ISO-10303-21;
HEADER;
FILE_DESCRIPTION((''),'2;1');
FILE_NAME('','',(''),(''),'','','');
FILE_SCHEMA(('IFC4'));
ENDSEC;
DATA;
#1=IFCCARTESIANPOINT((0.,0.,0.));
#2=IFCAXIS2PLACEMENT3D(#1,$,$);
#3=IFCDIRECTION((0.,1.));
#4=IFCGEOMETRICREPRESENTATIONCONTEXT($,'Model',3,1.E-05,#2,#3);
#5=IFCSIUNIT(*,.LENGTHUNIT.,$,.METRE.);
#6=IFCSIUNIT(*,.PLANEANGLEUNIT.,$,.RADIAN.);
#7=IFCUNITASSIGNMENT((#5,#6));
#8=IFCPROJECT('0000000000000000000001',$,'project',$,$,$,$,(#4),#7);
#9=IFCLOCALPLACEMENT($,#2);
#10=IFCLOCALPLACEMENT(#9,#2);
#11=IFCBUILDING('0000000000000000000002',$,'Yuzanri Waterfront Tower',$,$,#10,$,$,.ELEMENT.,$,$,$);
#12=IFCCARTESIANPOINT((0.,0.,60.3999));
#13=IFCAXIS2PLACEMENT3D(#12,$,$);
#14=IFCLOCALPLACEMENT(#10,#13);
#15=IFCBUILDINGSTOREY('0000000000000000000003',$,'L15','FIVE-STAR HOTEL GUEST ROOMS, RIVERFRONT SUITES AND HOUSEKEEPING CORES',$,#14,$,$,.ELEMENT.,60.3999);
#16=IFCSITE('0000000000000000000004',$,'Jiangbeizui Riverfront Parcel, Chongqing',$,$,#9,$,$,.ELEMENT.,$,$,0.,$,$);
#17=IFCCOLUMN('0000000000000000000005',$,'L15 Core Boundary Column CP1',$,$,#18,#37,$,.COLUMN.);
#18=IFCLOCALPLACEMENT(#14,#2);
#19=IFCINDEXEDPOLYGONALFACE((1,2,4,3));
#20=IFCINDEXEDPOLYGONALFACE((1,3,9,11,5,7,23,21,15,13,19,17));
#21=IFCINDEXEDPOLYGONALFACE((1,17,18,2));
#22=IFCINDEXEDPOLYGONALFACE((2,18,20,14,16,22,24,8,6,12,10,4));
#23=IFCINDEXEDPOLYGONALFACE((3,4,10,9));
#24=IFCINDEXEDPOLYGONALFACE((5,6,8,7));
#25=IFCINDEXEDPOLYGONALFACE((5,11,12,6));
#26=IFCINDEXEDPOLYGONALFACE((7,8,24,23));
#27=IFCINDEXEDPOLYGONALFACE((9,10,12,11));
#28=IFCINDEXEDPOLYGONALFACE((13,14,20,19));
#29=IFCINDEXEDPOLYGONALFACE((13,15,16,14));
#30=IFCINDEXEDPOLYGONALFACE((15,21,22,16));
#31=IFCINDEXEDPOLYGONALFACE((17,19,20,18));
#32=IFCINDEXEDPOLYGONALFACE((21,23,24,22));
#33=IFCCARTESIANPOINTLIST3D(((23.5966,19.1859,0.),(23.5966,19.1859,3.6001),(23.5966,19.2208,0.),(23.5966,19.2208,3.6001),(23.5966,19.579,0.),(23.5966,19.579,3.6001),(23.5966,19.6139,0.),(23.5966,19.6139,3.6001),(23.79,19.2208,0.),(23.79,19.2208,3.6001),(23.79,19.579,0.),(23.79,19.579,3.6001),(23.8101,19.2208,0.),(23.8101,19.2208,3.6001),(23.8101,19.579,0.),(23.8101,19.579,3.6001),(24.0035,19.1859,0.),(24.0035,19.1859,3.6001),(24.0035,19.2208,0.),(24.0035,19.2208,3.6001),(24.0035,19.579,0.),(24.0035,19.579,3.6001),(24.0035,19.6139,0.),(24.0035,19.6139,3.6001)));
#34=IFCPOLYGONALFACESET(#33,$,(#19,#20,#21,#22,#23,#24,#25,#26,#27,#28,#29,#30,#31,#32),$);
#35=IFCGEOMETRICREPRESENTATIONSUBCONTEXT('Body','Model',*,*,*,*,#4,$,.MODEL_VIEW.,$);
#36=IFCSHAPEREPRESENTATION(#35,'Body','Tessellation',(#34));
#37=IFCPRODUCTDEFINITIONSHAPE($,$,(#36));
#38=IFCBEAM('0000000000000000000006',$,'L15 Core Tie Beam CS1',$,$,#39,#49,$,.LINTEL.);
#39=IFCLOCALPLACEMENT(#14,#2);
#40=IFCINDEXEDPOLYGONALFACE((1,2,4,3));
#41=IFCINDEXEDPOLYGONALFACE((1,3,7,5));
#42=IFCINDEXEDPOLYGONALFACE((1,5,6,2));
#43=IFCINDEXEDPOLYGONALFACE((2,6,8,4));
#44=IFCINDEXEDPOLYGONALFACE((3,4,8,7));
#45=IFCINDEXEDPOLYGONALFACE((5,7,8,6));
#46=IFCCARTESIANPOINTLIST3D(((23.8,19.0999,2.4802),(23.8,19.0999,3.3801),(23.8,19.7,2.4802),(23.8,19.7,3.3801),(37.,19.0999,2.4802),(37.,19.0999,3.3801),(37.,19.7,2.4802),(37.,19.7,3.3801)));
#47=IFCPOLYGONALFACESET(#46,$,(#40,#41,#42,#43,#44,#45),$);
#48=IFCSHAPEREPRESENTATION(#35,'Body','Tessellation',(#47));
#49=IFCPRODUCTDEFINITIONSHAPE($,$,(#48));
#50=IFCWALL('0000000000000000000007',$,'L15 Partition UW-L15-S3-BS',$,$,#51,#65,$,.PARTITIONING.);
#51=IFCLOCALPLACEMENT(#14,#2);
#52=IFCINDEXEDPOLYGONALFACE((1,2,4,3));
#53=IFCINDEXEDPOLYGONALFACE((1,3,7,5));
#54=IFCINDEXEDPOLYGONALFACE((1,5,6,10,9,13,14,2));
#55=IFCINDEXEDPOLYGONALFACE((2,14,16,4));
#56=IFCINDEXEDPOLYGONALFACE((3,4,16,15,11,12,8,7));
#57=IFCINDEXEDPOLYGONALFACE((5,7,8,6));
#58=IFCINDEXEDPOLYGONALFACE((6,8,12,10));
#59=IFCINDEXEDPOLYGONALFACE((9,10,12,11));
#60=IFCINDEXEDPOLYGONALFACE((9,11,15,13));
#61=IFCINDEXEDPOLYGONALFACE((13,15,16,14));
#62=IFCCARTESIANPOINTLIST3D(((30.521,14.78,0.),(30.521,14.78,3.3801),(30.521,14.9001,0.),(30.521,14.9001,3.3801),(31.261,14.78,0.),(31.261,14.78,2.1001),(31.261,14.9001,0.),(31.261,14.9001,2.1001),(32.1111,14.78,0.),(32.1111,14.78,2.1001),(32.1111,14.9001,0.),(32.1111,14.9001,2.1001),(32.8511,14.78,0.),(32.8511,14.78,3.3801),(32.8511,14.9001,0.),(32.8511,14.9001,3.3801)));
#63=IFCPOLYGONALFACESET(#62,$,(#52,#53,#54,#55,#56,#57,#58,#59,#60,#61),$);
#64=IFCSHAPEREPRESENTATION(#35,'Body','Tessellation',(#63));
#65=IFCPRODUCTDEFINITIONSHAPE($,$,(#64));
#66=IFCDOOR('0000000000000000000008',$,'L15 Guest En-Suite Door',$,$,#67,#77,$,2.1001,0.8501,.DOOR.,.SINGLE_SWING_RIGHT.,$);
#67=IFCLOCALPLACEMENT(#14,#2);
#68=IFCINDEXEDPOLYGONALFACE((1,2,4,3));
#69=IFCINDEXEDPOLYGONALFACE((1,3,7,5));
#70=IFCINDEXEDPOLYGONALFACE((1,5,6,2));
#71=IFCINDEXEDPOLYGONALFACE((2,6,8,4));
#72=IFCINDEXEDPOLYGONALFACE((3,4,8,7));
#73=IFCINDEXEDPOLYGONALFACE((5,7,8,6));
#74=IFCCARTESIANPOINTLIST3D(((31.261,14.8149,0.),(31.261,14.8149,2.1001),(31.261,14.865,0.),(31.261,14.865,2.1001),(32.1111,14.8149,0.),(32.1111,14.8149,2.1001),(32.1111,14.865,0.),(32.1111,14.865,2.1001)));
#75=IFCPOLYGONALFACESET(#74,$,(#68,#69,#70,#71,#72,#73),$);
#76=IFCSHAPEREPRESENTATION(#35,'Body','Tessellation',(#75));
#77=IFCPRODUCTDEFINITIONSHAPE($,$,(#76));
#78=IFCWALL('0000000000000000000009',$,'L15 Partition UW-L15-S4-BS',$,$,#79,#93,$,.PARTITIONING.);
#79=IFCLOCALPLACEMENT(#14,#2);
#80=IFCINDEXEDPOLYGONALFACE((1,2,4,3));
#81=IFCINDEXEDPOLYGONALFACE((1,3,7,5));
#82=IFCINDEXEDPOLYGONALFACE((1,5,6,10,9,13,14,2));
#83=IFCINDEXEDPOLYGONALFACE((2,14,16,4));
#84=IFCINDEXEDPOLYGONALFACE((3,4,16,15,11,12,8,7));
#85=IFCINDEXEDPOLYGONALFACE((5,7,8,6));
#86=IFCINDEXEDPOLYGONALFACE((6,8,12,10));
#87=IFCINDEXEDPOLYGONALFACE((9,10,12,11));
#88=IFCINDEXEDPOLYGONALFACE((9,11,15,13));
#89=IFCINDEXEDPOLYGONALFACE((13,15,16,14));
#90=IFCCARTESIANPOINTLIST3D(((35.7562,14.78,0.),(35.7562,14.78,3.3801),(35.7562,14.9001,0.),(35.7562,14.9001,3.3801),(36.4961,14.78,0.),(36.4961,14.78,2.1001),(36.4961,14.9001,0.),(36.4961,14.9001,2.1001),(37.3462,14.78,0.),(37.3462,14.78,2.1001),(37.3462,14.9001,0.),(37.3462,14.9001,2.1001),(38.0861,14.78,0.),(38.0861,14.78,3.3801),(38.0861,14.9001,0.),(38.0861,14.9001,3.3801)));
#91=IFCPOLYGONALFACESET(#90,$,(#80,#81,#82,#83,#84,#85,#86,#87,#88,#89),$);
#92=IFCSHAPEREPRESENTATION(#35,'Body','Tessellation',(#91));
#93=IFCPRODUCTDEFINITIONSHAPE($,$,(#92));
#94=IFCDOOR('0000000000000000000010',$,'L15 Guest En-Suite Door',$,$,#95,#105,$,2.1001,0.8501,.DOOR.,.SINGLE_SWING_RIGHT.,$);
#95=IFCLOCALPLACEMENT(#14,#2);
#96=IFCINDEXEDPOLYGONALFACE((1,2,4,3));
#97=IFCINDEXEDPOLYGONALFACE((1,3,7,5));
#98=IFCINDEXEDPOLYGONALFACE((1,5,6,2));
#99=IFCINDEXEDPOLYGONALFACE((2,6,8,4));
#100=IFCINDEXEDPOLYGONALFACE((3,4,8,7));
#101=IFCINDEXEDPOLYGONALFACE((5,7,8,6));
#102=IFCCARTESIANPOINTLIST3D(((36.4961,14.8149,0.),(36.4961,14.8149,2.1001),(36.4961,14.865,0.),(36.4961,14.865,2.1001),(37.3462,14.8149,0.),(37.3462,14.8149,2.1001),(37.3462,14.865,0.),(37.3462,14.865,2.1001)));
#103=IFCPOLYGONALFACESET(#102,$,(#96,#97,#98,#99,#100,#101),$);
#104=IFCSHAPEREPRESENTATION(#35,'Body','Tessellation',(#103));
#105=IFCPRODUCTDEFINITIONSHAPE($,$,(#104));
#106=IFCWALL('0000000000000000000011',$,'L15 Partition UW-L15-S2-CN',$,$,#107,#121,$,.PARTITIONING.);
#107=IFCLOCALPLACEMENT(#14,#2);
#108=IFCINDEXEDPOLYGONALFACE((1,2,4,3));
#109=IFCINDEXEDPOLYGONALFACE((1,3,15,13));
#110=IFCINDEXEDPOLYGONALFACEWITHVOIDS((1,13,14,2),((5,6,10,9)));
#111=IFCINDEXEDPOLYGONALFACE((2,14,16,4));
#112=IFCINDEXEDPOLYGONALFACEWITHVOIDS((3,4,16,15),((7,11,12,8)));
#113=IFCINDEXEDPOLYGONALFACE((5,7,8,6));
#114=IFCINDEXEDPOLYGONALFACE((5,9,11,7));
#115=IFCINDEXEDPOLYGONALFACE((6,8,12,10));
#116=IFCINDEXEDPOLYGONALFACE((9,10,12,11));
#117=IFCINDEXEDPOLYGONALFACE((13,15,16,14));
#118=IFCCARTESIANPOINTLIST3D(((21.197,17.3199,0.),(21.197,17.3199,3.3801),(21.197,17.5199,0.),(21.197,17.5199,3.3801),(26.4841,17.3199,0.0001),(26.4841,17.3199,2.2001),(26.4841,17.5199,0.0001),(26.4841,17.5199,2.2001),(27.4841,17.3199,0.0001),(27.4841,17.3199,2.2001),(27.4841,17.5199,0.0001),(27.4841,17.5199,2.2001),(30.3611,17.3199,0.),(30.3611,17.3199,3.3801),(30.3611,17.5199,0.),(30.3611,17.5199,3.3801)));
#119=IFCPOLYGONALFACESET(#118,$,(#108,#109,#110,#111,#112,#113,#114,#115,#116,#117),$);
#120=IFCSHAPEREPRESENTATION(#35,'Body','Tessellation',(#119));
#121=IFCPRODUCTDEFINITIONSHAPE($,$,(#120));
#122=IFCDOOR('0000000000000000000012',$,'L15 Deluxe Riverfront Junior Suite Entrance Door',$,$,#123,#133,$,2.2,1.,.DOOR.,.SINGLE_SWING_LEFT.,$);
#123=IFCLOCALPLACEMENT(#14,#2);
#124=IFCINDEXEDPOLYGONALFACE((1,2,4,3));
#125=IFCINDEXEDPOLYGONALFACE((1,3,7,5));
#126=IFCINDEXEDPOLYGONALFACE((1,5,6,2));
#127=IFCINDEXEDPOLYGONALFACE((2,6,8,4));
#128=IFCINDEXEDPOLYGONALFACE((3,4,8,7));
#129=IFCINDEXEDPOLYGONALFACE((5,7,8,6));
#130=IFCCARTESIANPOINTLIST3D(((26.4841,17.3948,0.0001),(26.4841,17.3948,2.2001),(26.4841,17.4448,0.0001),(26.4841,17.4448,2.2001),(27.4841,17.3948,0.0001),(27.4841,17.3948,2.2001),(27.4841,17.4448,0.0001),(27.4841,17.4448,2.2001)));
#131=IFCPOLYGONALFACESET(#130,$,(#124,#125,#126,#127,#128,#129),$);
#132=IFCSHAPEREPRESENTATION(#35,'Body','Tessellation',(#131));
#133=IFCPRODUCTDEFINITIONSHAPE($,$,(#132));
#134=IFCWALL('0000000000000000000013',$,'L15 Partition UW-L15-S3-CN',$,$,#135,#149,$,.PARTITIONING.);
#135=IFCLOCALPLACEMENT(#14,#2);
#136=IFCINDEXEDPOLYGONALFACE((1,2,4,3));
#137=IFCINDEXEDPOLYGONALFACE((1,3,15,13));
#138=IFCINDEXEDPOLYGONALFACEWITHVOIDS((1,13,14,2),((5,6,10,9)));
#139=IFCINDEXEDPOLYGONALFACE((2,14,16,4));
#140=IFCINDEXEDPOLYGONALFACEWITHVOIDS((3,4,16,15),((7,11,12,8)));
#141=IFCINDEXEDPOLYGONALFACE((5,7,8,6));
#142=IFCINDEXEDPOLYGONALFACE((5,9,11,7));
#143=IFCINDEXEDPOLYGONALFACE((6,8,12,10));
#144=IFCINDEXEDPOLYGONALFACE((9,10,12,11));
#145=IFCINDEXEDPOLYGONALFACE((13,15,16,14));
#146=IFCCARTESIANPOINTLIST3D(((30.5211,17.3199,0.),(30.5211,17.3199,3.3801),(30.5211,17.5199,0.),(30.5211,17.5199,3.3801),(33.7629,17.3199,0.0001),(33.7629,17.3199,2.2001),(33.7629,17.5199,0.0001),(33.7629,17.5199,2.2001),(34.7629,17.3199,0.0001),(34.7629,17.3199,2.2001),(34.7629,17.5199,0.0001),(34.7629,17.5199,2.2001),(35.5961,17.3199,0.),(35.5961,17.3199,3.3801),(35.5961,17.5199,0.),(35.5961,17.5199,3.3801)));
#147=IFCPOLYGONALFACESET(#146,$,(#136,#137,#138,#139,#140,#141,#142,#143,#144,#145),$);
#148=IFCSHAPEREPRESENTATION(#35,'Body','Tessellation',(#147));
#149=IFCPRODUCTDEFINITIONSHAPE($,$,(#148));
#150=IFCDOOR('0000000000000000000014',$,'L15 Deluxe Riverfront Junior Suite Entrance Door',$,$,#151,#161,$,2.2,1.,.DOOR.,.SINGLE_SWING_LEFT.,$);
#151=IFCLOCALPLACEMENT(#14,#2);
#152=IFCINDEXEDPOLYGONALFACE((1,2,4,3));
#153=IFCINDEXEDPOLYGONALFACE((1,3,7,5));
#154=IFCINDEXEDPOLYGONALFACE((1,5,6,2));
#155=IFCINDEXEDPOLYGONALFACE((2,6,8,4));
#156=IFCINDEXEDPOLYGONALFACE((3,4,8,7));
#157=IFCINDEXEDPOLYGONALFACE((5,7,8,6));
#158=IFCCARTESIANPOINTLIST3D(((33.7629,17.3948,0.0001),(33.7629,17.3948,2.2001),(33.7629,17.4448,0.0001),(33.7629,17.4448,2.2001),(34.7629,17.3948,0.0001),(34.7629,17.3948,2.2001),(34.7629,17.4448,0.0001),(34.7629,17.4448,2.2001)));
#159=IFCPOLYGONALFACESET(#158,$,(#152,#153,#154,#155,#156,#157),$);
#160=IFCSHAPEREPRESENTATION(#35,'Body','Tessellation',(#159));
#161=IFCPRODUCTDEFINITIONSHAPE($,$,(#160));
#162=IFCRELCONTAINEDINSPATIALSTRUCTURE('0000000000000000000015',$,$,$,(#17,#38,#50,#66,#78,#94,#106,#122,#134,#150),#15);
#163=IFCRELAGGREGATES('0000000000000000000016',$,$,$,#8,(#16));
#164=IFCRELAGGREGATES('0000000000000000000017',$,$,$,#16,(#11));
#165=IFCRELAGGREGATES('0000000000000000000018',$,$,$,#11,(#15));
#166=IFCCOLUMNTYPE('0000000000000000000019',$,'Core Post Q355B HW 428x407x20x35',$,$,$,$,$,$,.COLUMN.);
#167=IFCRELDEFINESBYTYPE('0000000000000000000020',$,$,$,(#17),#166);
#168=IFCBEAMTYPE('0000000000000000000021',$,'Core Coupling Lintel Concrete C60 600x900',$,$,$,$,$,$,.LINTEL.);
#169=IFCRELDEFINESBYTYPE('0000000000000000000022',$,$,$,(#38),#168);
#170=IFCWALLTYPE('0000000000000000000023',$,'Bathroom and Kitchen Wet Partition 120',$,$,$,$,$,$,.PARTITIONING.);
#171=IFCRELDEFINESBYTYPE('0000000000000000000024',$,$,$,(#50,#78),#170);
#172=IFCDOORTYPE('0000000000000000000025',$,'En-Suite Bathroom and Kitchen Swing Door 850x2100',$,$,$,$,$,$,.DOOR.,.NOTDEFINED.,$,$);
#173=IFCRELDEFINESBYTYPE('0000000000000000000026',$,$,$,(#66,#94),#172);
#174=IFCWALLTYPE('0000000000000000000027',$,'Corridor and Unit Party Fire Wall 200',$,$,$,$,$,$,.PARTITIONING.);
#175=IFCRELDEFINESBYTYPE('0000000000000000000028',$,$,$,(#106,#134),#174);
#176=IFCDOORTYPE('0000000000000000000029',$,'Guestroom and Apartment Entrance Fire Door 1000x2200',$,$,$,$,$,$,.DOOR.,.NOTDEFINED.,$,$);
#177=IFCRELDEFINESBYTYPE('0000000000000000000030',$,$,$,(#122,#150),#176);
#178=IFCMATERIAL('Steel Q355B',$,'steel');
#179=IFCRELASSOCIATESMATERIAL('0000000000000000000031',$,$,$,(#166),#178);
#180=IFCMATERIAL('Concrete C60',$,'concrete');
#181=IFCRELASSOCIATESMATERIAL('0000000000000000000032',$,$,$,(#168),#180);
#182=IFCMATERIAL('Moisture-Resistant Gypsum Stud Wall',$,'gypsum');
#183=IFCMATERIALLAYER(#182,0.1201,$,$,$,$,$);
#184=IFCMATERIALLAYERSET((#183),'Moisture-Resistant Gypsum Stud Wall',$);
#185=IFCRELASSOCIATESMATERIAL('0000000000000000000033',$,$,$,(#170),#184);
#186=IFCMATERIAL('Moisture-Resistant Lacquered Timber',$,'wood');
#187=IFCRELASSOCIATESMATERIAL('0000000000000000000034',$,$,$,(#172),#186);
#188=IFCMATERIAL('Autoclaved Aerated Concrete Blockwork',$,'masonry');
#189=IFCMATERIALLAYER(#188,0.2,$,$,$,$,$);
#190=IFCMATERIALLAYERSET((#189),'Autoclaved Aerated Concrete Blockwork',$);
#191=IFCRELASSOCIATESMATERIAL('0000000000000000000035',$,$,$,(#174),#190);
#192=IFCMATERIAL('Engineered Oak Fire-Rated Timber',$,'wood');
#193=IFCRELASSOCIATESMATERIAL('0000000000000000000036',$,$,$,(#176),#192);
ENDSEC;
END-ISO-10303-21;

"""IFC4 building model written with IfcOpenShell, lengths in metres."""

from ifc_helpers import new_model, si_unit, direction, frame, frame_2d, origin, origin_2d, place, context, subcontext, project, spatial, rectangle, i_section, extrude, source, transform, mapped, material, layer, layer_set, material_profile, profile_set, type_object, element, fill, save


model = new_model("IFC4")

# Units and contexts
model_context = context("Model", 3, precision=1e-05, world=origin(), true_north=direction((0.0, 1.0)))
body_context = subcontext(model_context, "Body", "Model", "MODEL_VIEW")
ifc_project = project(units=[si_unit("LENGTHUNIT", "METRE"), si_unit("PLANEANGLEUNIT", "RADIAN")], contexts=[model_context])

# Site, building, storey
site_placement = place(None, origin())
site = spatial("IfcSite", under=ifc_project, at=site_placement, Name="Jiangbeizui Riverfront Parcel, Chongqing", CompositionType="ELEMENT", RefElevation=0.0)
building_placement = place(site_placement, origin())
building = spatial("IfcBuilding", under=site, at=building_placement, Name="Yuzanri Waterfront Tower", CompositionType="ELEMENT")
storey_placement = place(building_placement, frame((0.0, 0.0, 60.3999)))
storey = spatial("IfcBuildingStorey", under=building, at=storey_placement, Name="L15", Description="FIVE-STAR HOTEL GUEST ROOMS, RIVERFRONT SUITES AND HOUSEKEEPING CORES", CompositionType="ELEMENT", Elevation=60.3999)

# Column
ifc_material_1 = material(Name="Steel Q355B", Category="steel")
ifc_material_profile_1 = material_profile(ifc_material_1, i_section(OverallWidth=0.407, OverallDepth=0.428, WebThickness=0.02, FlangeThickness=0.0349, at=origin_2d()), Name="HW 428x407x20x35")
ifc_profile_set_1 = profile_set([ifc_material_profile_1], Name="Steel Q355B")
column_type = type_object("IfcColumnType", Name="Core Post Q355B HW 428x407x20x35", PredefinedType="COLUMN", material=ifc_profile_set_1)
shared_shape_1 = source(origin(), body_context, "Body", "SweptSolid", [
    extrude(i_section(OverallWidth=0.407, OverallDepth=0.428, WebThickness=0.02, FlangeThickness=0.0349, at=origin_2d()), origin(), (0.0, 0.0, 1.0), 3.6001),
])
column_placement = place(storey_placement, frame((23.8, 19.3999, 0.0), z_axis=(0.0, 0.0, 1.0), x_axis=(1.0, 0.0, 0.0)))
element("IfcColumn", 1, at=column_placement, inside=storey, type_object=column_type, Name="L15 Core Boundary Column CP1", PredefinedType="COLUMN", context=body_context, shape_type="MappedRepresentation", body=[
    mapped(shared_shape_1, transform((0.0, 0.0, 0.0), scale=1.0)),
])

# Beam
ifc_material_2 = material(Name="Concrete C60", Category="concrete")
ifc_material_profile_2 = material_profile(ifc_material_2, rectangle(XDim=0.6001, YDim=0.8999, at=origin_2d()), Name="RC 600x900")
ifc_profile_set_2 = profile_set([ifc_material_profile_2], Name="Concrete C60")
beam_type = type_object("IfcBeamType", Name="Core Coupling Lintel Concrete C60 600x900", PredefinedType="LINTEL", material=ifc_profile_set_2)
shared_shape_2 = source(origin(), body_context, "Body", "SweptSolid", [
    extrude(rectangle(XDim=0.6001, YDim=0.8999, at=origin_2d()), origin(), (0.0, 0.0, 1.0), 13.2),
])
beam_placement = place(storey_placement, frame((23.8, 19.3999, 2.9302), z_axis=(1.0, 0.0, 0.0), x_axis=(0.0, 1.0, 0.0)))
element("IfcBeam", 2, at=beam_placement, inside=storey, type_object=beam_type, Name="L15 Core Tie Beam CS1", PredefinedType="LINTEL", context=body_context, shape_type="MappedRepresentation", body=[
    mapped(shared_shape_2, transform((0.0, 0.0, 0.0), scale=1.0)),
])

# Walls, openings, doors
ifc_material_3 = material(Name="Moisture-Resistant Gypsum Stud Wall", Category="gypsum")
ifc_layer_1 = layer(ifc_material_3, 0.1201)
ifc_layer_set_1 = layer_set([ifc_layer_1], Name="Moisture-Resistant Gypsum Stud Wall")
wall_type_1 = type_object("IfcWallType", Name="Bathroom and Kitchen Wet Partition 120", PredefinedType="PARTITIONING", material=ifc_layer_set_1)
wall_1_placement = place(storey_placement, frame((30.521, 14.8401, 0.0), z_axis=(0.0, 0.0, 1.0), x_axis=(1.0, 0.0, 0.0)))
wall_1 = element("IfcWall", 3, at=wall_1_placement, inside=storey, type_object=wall_type_1, Name="L15 Partition UW-L15-S3-BS", PredefinedType="PARTITIONING", context=body_context, shape_type="SweptSolid", body=[
    extrude(rectangle(XDim=2.3301, YDim=0.1201, at=frame_2d((1.165, 0.0))), origin(), (0.0, 0.0, 1.0), 3.3801),
])
opening_1_placement = place(wall_1_placement, frame((0.74, 0.0, 0.0)))
opening_1 = element("IfcOpeningElement", 4, at=opening_1_placement, cuts=wall_1, PredefinedType="OPENING", context=body_context, shape_type="SweptSolid", body=[
    extrude(rectangle(XDim=0.8501, YDim=2.1001, at=frame_2d((0.425, 1.05))), frame((0.0, 0.075, 0.0), z_axis=(0.0, -1.0, 0.0), x_axis=(1.0, 0.0, 0.0)), (0.0, 0.0, 1.0), 0.1499),
])
ifc_material_4 = material(Name="Moisture-Resistant Lacquered Timber", Category="wood")
door_type_1 = type_object("IfcDoorType", Name="En-Suite Bathroom and Kitchen Swing Door 850x2100", OperationType="NOTDEFINED", PredefinedType="DOOR", material=ifc_material_4)
shared_shape_3 = source(origin(), body_context, "Body", "SweptSolid", [
    extrude(rectangle(XDim=0.8501, YDim=2.1001, at=frame_2d((0.425, 1.05))), frame((0.0, 0.0249, 0.0), z_axis=(0.0, -1.0, 0.0), x_axis=(1.0, 0.0, 0.0)), (0.0, 0.0, 1.0), 0.05),
])
door_1_placement = place(opening_1_placement, origin())
door_1 = element("IfcDoor", 5, at=door_1_placement, inside=storey, type_object=door_type_1, Name="L15 Guest En-Suite Door", OperationType="SINGLE_SWING_RIGHT", OverallHeight=2.1001, OverallWidth=0.8501, PredefinedType="DOOR", context=body_context, shape_type="MappedRepresentation", body=[
    mapped(shared_shape_3, transform((0.0, 0.0, 0.0), scale=1.0)),
])
fill(opening_1, door_1)
wall_2_placement = place(storey_placement, frame((35.7561, 14.8401, 0.0), z_axis=(0.0, 0.0, 1.0), x_axis=(1.0, 0.0, 0.0)))
wall_2 = element("IfcWall", 6, at=wall_2_placement, inside=storey, type_object=wall_type_1, Name="L15 Partition UW-L15-S4-BS", PredefinedType="PARTITIONING", context=body_context, shape_type="SweptSolid", body=[
    extrude(rectangle(XDim=2.3298, YDim=0.1201, at=frame_2d((1.165, 0.0))), origin(), (0.0, 0.0, 1.0), 3.3801),
])
opening_2_placement = place(wall_2_placement, frame((0.74, 0.0, 0.0)))
opening_2 = element("IfcOpeningElement", 7, at=opening_2_placement, cuts=wall_2, PredefinedType="OPENING", context=body_context, shape_type="SweptSolid", body=[
    extrude(rectangle(XDim=0.8501, YDim=2.1001, at=frame_2d((0.425, 1.05))), frame((0.0, 0.075, 0.0), z_axis=(0.0, -1.0, 0.0), x_axis=(1.0, 0.0, 0.0)), (0.0, 0.0, 1.0), 0.1499),
])
door_2_placement = place(opening_2_placement, origin())
door_2 = element("IfcDoor", 8, at=door_2_placement, inside=storey, type_object=door_type_1, Name="L15 Guest En-Suite Door", OperationType="SINGLE_SWING_RIGHT", OverallHeight=2.1001, OverallWidth=0.8501, PredefinedType="DOOR", context=body_context, shape_type="MappedRepresentation", body=[
    mapped(shared_shape_3, transform((0.0, 0.0, 0.0), scale=1.0)),
])
fill(opening_2, door_2)

# Walls, openings, doors
ifc_material_5 = material(Name="Autoclaved Aerated Concrete Blockwork", Category="masonry")
ifc_layer_2 = layer(ifc_material_5, 0.2)
ifc_layer_set_2 = layer_set([ifc_layer_2], Name="Autoclaved Aerated Concrete Blockwork")
wall_type_2 = type_object("IfcWallType", Name="Corridor and Unit Party Fire Wall 200", PredefinedType="PARTITIONING", material=ifc_layer_set_2)
wall_3_placement = place(storey_placement, frame((21.197, 17.4199, 0.0), z_axis=(0.0, 0.0, 1.0), x_axis=(1.0, 0.0, 0.0)))
wall_3 = element("IfcWall", 9, at=wall_3_placement, inside=storey, type_object=wall_type_2, Name="L15 Partition UW-L15-S2-CN", PredefinedType="PARTITIONING", context=body_context, shape_type="SweptSolid", body=[
    extrude(rectangle(XDim=9.1641, YDim=0.2, at=frame_2d((4.582, 0.0))), origin(), (0.0, 0.0, 1.0), 3.3801),
])
opening_3_placement = place(wall_3_placement, frame((5.2871, 0.0, 0.0)))
opening_3 = element("IfcOpeningElement", 10, at=opening_3_placement, cuts=wall_3, PredefinedType="OPENING", context=body_context, shape_type="SweptSolid", body=[
    extrude(rectangle(XDim=1.0, YDim=2.2, at=frame_2d((0.5, 1.1001))), frame((0.0, 0.1147, 0.0), z_axis=(0.0, -1.0, 0.0), x_axis=(1.0, 0.0, 0.0)), (0.0, 0.0, 1.0), 0.2297),
])
ifc_material_6 = material(Name="Engineered Oak Fire-Rated Timber", Category="wood")
door_type_2 = type_object("IfcDoorType", Name="Guestroom and Apartment Entrance Fire Door 1000x2200", OperationType="NOTDEFINED", PredefinedType="DOOR", material=ifc_material_6)
shared_shape_4 = source(origin(), body_context, "Body", "SweptSolid", [
    extrude(rectangle(XDim=1.0, YDim=2.2, at=frame_2d((0.5, 1.1001))), frame((0.0, 0.0249, 0.0), z_axis=(0.0, -1.0, 0.0), x_axis=(1.0, 0.0, 0.0)), (0.0, 0.0, 1.0), 0.05),
])
door_3_placement = place(opening_3_placement, origin())
door_3 = element("IfcDoor", 11, at=door_3_placement, inside=storey, type_object=door_type_2, Name="L15 Deluxe Riverfront Junior Suite Entrance Door", OperationType="SINGLE_SWING_LEFT", OverallHeight=2.2, OverallWidth=1.0, PredefinedType="DOOR", context=body_context, shape_type="MappedRepresentation", body=[
    mapped(shared_shape_4, transform((0.0, 0.0, 0.0), scale=1.0)),
])
fill(opening_3, door_3)
wall_4_placement = place(storey_placement, frame((30.521, 17.4199, 0.0), z_axis=(0.0, 0.0, 1.0), x_axis=(1.0, 0.0, 0.0)))
wall_4 = element("IfcWall", 12, at=wall_4_placement, inside=storey, type_object=wall_type_2, Name="L15 Partition UW-L15-S3-CN", PredefinedType="PARTITIONING", context=body_context, shape_type="SweptSolid", body=[
    extrude(rectangle(XDim=5.075, YDim=0.2, at=frame_2d((2.5376, 0.0))), origin(), (0.0, 0.0, 1.0), 3.3801),
])
opening_4_placement = place(wall_4_placement, frame((3.2419, 0.0, 0.0)))
opening_4 = element("IfcOpeningElement", 13, at=opening_4_placement, cuts=wall_4, PredefinedType="OPENING", context=body_context, shape_type="SweptSolid", body=[
    extrude(rectangle(XDim=1.0, YDim=2.2, at=frame_2d((0.5, 1.1001))), frame((0.0, 0.1147, 0.0), z_axis=(0.0, -1.0, 0.0), x_axis=(1.0, 0.0, 0.0)), (0.0, 0.0, 1.0), 0.2297),
])
door_4_placement = place(opening_4_placement, origin())
door_4 = element("IfcDoor", 14, at=door_4_placement, inside=storey, type_object=door_type_2, Name="L15 Deluxe Riverfront Junior Suite Entrance Door", OperationType="SINGLE_SWING_LEFT", OverallHeight=2.2, OverallWidth=1.0, PredefinedType="DOOR", context=body_context, shape_type="MappedRepresentation", body=[
    mapped(shared_shape_4, transform((0.0, 0.0, 0.0), scale=1.0)),
])
fill(opening_4, door_4)

save(model, "model.ifc")
